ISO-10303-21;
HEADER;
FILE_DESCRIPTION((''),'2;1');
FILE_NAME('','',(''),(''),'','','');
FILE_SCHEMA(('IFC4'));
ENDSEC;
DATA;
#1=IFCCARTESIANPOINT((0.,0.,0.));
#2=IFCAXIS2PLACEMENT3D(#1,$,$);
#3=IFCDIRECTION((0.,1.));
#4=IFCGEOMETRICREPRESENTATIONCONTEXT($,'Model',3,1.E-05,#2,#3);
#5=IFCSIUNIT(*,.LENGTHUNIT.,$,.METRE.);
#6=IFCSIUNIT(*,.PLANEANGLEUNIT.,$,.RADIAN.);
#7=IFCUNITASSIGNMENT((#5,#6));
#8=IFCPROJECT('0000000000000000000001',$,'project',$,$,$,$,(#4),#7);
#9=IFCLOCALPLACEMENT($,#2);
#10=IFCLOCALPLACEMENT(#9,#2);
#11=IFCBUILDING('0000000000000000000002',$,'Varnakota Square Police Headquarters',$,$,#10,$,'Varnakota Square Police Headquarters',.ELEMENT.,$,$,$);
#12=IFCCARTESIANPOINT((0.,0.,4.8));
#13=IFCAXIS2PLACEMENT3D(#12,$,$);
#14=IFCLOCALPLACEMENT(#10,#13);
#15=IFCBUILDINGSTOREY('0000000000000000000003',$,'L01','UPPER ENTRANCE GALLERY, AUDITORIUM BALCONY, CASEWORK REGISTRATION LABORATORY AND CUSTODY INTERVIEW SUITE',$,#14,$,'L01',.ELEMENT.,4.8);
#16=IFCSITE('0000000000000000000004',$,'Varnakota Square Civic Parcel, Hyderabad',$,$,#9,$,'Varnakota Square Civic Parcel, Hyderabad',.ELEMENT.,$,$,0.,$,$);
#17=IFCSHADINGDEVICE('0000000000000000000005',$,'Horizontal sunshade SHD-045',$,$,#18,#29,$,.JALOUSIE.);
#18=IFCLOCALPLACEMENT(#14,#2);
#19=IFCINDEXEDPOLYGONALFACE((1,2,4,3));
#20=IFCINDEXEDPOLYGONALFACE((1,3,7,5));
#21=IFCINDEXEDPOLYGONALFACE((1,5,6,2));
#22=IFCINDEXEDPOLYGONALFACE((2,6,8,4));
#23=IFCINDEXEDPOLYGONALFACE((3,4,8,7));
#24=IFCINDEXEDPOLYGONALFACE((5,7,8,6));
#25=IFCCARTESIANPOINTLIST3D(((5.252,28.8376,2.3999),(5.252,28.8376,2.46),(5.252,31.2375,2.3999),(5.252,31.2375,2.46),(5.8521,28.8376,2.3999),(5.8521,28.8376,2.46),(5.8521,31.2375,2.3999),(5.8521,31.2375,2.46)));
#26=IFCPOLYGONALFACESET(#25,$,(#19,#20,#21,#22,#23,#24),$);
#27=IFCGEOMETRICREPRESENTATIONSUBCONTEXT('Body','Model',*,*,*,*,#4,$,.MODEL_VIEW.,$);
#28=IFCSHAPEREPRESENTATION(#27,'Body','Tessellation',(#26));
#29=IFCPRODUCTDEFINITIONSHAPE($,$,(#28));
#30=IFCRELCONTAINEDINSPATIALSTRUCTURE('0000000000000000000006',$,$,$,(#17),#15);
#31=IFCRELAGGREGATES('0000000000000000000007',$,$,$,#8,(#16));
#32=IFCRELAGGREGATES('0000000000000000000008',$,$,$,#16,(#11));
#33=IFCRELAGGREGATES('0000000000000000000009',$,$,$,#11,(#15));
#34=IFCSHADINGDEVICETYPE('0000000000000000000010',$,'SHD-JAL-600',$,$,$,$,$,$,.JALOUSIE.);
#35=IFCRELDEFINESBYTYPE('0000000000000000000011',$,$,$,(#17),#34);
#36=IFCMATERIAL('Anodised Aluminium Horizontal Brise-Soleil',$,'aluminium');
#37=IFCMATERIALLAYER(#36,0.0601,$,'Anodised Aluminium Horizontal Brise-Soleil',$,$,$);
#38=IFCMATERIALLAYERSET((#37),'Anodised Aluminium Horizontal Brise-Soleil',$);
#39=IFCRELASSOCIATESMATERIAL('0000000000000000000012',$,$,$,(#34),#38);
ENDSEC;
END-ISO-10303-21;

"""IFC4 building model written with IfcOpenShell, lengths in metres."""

from ifc_helpers import new_model, si_unit, direction, frame, origin, origin_2d, place, context, subcontext, project, spatial, rectangle, extrude, material, layer, layer_set, type_object, element, save


model = new_model("IFC4")

# Units and contexts
model_context = context("Model", 3, precision=1e-05, world=origin(), true_north=direction((0.0, 1.0)))
body_context = subcontext(model_context, "Body", "Model", "MODEL_VIEW")
ifc_project = project(units=[si_unit("LENGTHUNIT", "METRE"), si_unit("PLANEANGLEUNIT", "RADIAN")], contexts=[model_context])

# Site, building, storey
site_placement = place(None, origin())
site = spatial("IfcSite", under=ifc_project, at=site_placement, Name="Varnakota Square Civic Parcel, Hyderabad", LongName="Varnakota Square Civic Parcel, Hyderabad", CompositionType="ELEMENT", RefElevation=0.0)
building_placement = place(site_placement, origin())
building = spatial("IfcBuilding", under=site, at=building_placement, Name="Varnakota Square Police Headquarters", LongName="Varnakota Square Police Headquarters", CompositionType="ELEMENT")
storey_placement = place(building_placement, frame((0.0, 0.0, 4.8)))
storey = spatial("IfcBuildingStorey", under=building, at=storey_placement, Name="L01", Description="UPPER ENTRANCE GALLERY, AUDITORIUM BALCONY, CASEWORK REGISTRATION LABORATORY AND CUSTODY INTERVIEW SUITE", LongName="L01", CompositionType="ELEMENT", Elevation=4.8)

# Shading device
ifc_material_1 = material(Name="Anodised Aluminium Horizontal Brise-Soleil", Category="aluminium")
ifc_layer_1 = layer(ifc_material_1, 0.0601, Name="Anodised Aluminium Horizontal Brise-Soleil")
ifc_layer_set_1 = layer_set([ifc_layer_1], Name="Anodised Aluminium Horizontal Brise-Soleil")
shading_device_type = type_object("IfcShadingDeviceType", Name="SHD-JAL-600", PredefinedType="JALOUSIE", material=ifc_layer_set_1)
shading_device_placement = place(storey_placement, frame((5.552, 30.0376, 2.3999), z_axis=(0.0, 0.0, 1.0), x_axis=(0.0, 1.0, 0.0)))
element("IfcShadingDevice", 1, at=shading_device_placement, inside=storey, type_object=shading_device_type, Name="Horizontal sunshade SHD-045", PredefinedType="JALOUSIE", context=body_context, shape_type="SweptSolid", body=[
    extrude(rectangle(XDim=2.3999, YDim=0.6001, at=origin_2d()), origin(), (0.0, 0.0, 1.0), 0.0601),
])

save(model, "model.ifc")
